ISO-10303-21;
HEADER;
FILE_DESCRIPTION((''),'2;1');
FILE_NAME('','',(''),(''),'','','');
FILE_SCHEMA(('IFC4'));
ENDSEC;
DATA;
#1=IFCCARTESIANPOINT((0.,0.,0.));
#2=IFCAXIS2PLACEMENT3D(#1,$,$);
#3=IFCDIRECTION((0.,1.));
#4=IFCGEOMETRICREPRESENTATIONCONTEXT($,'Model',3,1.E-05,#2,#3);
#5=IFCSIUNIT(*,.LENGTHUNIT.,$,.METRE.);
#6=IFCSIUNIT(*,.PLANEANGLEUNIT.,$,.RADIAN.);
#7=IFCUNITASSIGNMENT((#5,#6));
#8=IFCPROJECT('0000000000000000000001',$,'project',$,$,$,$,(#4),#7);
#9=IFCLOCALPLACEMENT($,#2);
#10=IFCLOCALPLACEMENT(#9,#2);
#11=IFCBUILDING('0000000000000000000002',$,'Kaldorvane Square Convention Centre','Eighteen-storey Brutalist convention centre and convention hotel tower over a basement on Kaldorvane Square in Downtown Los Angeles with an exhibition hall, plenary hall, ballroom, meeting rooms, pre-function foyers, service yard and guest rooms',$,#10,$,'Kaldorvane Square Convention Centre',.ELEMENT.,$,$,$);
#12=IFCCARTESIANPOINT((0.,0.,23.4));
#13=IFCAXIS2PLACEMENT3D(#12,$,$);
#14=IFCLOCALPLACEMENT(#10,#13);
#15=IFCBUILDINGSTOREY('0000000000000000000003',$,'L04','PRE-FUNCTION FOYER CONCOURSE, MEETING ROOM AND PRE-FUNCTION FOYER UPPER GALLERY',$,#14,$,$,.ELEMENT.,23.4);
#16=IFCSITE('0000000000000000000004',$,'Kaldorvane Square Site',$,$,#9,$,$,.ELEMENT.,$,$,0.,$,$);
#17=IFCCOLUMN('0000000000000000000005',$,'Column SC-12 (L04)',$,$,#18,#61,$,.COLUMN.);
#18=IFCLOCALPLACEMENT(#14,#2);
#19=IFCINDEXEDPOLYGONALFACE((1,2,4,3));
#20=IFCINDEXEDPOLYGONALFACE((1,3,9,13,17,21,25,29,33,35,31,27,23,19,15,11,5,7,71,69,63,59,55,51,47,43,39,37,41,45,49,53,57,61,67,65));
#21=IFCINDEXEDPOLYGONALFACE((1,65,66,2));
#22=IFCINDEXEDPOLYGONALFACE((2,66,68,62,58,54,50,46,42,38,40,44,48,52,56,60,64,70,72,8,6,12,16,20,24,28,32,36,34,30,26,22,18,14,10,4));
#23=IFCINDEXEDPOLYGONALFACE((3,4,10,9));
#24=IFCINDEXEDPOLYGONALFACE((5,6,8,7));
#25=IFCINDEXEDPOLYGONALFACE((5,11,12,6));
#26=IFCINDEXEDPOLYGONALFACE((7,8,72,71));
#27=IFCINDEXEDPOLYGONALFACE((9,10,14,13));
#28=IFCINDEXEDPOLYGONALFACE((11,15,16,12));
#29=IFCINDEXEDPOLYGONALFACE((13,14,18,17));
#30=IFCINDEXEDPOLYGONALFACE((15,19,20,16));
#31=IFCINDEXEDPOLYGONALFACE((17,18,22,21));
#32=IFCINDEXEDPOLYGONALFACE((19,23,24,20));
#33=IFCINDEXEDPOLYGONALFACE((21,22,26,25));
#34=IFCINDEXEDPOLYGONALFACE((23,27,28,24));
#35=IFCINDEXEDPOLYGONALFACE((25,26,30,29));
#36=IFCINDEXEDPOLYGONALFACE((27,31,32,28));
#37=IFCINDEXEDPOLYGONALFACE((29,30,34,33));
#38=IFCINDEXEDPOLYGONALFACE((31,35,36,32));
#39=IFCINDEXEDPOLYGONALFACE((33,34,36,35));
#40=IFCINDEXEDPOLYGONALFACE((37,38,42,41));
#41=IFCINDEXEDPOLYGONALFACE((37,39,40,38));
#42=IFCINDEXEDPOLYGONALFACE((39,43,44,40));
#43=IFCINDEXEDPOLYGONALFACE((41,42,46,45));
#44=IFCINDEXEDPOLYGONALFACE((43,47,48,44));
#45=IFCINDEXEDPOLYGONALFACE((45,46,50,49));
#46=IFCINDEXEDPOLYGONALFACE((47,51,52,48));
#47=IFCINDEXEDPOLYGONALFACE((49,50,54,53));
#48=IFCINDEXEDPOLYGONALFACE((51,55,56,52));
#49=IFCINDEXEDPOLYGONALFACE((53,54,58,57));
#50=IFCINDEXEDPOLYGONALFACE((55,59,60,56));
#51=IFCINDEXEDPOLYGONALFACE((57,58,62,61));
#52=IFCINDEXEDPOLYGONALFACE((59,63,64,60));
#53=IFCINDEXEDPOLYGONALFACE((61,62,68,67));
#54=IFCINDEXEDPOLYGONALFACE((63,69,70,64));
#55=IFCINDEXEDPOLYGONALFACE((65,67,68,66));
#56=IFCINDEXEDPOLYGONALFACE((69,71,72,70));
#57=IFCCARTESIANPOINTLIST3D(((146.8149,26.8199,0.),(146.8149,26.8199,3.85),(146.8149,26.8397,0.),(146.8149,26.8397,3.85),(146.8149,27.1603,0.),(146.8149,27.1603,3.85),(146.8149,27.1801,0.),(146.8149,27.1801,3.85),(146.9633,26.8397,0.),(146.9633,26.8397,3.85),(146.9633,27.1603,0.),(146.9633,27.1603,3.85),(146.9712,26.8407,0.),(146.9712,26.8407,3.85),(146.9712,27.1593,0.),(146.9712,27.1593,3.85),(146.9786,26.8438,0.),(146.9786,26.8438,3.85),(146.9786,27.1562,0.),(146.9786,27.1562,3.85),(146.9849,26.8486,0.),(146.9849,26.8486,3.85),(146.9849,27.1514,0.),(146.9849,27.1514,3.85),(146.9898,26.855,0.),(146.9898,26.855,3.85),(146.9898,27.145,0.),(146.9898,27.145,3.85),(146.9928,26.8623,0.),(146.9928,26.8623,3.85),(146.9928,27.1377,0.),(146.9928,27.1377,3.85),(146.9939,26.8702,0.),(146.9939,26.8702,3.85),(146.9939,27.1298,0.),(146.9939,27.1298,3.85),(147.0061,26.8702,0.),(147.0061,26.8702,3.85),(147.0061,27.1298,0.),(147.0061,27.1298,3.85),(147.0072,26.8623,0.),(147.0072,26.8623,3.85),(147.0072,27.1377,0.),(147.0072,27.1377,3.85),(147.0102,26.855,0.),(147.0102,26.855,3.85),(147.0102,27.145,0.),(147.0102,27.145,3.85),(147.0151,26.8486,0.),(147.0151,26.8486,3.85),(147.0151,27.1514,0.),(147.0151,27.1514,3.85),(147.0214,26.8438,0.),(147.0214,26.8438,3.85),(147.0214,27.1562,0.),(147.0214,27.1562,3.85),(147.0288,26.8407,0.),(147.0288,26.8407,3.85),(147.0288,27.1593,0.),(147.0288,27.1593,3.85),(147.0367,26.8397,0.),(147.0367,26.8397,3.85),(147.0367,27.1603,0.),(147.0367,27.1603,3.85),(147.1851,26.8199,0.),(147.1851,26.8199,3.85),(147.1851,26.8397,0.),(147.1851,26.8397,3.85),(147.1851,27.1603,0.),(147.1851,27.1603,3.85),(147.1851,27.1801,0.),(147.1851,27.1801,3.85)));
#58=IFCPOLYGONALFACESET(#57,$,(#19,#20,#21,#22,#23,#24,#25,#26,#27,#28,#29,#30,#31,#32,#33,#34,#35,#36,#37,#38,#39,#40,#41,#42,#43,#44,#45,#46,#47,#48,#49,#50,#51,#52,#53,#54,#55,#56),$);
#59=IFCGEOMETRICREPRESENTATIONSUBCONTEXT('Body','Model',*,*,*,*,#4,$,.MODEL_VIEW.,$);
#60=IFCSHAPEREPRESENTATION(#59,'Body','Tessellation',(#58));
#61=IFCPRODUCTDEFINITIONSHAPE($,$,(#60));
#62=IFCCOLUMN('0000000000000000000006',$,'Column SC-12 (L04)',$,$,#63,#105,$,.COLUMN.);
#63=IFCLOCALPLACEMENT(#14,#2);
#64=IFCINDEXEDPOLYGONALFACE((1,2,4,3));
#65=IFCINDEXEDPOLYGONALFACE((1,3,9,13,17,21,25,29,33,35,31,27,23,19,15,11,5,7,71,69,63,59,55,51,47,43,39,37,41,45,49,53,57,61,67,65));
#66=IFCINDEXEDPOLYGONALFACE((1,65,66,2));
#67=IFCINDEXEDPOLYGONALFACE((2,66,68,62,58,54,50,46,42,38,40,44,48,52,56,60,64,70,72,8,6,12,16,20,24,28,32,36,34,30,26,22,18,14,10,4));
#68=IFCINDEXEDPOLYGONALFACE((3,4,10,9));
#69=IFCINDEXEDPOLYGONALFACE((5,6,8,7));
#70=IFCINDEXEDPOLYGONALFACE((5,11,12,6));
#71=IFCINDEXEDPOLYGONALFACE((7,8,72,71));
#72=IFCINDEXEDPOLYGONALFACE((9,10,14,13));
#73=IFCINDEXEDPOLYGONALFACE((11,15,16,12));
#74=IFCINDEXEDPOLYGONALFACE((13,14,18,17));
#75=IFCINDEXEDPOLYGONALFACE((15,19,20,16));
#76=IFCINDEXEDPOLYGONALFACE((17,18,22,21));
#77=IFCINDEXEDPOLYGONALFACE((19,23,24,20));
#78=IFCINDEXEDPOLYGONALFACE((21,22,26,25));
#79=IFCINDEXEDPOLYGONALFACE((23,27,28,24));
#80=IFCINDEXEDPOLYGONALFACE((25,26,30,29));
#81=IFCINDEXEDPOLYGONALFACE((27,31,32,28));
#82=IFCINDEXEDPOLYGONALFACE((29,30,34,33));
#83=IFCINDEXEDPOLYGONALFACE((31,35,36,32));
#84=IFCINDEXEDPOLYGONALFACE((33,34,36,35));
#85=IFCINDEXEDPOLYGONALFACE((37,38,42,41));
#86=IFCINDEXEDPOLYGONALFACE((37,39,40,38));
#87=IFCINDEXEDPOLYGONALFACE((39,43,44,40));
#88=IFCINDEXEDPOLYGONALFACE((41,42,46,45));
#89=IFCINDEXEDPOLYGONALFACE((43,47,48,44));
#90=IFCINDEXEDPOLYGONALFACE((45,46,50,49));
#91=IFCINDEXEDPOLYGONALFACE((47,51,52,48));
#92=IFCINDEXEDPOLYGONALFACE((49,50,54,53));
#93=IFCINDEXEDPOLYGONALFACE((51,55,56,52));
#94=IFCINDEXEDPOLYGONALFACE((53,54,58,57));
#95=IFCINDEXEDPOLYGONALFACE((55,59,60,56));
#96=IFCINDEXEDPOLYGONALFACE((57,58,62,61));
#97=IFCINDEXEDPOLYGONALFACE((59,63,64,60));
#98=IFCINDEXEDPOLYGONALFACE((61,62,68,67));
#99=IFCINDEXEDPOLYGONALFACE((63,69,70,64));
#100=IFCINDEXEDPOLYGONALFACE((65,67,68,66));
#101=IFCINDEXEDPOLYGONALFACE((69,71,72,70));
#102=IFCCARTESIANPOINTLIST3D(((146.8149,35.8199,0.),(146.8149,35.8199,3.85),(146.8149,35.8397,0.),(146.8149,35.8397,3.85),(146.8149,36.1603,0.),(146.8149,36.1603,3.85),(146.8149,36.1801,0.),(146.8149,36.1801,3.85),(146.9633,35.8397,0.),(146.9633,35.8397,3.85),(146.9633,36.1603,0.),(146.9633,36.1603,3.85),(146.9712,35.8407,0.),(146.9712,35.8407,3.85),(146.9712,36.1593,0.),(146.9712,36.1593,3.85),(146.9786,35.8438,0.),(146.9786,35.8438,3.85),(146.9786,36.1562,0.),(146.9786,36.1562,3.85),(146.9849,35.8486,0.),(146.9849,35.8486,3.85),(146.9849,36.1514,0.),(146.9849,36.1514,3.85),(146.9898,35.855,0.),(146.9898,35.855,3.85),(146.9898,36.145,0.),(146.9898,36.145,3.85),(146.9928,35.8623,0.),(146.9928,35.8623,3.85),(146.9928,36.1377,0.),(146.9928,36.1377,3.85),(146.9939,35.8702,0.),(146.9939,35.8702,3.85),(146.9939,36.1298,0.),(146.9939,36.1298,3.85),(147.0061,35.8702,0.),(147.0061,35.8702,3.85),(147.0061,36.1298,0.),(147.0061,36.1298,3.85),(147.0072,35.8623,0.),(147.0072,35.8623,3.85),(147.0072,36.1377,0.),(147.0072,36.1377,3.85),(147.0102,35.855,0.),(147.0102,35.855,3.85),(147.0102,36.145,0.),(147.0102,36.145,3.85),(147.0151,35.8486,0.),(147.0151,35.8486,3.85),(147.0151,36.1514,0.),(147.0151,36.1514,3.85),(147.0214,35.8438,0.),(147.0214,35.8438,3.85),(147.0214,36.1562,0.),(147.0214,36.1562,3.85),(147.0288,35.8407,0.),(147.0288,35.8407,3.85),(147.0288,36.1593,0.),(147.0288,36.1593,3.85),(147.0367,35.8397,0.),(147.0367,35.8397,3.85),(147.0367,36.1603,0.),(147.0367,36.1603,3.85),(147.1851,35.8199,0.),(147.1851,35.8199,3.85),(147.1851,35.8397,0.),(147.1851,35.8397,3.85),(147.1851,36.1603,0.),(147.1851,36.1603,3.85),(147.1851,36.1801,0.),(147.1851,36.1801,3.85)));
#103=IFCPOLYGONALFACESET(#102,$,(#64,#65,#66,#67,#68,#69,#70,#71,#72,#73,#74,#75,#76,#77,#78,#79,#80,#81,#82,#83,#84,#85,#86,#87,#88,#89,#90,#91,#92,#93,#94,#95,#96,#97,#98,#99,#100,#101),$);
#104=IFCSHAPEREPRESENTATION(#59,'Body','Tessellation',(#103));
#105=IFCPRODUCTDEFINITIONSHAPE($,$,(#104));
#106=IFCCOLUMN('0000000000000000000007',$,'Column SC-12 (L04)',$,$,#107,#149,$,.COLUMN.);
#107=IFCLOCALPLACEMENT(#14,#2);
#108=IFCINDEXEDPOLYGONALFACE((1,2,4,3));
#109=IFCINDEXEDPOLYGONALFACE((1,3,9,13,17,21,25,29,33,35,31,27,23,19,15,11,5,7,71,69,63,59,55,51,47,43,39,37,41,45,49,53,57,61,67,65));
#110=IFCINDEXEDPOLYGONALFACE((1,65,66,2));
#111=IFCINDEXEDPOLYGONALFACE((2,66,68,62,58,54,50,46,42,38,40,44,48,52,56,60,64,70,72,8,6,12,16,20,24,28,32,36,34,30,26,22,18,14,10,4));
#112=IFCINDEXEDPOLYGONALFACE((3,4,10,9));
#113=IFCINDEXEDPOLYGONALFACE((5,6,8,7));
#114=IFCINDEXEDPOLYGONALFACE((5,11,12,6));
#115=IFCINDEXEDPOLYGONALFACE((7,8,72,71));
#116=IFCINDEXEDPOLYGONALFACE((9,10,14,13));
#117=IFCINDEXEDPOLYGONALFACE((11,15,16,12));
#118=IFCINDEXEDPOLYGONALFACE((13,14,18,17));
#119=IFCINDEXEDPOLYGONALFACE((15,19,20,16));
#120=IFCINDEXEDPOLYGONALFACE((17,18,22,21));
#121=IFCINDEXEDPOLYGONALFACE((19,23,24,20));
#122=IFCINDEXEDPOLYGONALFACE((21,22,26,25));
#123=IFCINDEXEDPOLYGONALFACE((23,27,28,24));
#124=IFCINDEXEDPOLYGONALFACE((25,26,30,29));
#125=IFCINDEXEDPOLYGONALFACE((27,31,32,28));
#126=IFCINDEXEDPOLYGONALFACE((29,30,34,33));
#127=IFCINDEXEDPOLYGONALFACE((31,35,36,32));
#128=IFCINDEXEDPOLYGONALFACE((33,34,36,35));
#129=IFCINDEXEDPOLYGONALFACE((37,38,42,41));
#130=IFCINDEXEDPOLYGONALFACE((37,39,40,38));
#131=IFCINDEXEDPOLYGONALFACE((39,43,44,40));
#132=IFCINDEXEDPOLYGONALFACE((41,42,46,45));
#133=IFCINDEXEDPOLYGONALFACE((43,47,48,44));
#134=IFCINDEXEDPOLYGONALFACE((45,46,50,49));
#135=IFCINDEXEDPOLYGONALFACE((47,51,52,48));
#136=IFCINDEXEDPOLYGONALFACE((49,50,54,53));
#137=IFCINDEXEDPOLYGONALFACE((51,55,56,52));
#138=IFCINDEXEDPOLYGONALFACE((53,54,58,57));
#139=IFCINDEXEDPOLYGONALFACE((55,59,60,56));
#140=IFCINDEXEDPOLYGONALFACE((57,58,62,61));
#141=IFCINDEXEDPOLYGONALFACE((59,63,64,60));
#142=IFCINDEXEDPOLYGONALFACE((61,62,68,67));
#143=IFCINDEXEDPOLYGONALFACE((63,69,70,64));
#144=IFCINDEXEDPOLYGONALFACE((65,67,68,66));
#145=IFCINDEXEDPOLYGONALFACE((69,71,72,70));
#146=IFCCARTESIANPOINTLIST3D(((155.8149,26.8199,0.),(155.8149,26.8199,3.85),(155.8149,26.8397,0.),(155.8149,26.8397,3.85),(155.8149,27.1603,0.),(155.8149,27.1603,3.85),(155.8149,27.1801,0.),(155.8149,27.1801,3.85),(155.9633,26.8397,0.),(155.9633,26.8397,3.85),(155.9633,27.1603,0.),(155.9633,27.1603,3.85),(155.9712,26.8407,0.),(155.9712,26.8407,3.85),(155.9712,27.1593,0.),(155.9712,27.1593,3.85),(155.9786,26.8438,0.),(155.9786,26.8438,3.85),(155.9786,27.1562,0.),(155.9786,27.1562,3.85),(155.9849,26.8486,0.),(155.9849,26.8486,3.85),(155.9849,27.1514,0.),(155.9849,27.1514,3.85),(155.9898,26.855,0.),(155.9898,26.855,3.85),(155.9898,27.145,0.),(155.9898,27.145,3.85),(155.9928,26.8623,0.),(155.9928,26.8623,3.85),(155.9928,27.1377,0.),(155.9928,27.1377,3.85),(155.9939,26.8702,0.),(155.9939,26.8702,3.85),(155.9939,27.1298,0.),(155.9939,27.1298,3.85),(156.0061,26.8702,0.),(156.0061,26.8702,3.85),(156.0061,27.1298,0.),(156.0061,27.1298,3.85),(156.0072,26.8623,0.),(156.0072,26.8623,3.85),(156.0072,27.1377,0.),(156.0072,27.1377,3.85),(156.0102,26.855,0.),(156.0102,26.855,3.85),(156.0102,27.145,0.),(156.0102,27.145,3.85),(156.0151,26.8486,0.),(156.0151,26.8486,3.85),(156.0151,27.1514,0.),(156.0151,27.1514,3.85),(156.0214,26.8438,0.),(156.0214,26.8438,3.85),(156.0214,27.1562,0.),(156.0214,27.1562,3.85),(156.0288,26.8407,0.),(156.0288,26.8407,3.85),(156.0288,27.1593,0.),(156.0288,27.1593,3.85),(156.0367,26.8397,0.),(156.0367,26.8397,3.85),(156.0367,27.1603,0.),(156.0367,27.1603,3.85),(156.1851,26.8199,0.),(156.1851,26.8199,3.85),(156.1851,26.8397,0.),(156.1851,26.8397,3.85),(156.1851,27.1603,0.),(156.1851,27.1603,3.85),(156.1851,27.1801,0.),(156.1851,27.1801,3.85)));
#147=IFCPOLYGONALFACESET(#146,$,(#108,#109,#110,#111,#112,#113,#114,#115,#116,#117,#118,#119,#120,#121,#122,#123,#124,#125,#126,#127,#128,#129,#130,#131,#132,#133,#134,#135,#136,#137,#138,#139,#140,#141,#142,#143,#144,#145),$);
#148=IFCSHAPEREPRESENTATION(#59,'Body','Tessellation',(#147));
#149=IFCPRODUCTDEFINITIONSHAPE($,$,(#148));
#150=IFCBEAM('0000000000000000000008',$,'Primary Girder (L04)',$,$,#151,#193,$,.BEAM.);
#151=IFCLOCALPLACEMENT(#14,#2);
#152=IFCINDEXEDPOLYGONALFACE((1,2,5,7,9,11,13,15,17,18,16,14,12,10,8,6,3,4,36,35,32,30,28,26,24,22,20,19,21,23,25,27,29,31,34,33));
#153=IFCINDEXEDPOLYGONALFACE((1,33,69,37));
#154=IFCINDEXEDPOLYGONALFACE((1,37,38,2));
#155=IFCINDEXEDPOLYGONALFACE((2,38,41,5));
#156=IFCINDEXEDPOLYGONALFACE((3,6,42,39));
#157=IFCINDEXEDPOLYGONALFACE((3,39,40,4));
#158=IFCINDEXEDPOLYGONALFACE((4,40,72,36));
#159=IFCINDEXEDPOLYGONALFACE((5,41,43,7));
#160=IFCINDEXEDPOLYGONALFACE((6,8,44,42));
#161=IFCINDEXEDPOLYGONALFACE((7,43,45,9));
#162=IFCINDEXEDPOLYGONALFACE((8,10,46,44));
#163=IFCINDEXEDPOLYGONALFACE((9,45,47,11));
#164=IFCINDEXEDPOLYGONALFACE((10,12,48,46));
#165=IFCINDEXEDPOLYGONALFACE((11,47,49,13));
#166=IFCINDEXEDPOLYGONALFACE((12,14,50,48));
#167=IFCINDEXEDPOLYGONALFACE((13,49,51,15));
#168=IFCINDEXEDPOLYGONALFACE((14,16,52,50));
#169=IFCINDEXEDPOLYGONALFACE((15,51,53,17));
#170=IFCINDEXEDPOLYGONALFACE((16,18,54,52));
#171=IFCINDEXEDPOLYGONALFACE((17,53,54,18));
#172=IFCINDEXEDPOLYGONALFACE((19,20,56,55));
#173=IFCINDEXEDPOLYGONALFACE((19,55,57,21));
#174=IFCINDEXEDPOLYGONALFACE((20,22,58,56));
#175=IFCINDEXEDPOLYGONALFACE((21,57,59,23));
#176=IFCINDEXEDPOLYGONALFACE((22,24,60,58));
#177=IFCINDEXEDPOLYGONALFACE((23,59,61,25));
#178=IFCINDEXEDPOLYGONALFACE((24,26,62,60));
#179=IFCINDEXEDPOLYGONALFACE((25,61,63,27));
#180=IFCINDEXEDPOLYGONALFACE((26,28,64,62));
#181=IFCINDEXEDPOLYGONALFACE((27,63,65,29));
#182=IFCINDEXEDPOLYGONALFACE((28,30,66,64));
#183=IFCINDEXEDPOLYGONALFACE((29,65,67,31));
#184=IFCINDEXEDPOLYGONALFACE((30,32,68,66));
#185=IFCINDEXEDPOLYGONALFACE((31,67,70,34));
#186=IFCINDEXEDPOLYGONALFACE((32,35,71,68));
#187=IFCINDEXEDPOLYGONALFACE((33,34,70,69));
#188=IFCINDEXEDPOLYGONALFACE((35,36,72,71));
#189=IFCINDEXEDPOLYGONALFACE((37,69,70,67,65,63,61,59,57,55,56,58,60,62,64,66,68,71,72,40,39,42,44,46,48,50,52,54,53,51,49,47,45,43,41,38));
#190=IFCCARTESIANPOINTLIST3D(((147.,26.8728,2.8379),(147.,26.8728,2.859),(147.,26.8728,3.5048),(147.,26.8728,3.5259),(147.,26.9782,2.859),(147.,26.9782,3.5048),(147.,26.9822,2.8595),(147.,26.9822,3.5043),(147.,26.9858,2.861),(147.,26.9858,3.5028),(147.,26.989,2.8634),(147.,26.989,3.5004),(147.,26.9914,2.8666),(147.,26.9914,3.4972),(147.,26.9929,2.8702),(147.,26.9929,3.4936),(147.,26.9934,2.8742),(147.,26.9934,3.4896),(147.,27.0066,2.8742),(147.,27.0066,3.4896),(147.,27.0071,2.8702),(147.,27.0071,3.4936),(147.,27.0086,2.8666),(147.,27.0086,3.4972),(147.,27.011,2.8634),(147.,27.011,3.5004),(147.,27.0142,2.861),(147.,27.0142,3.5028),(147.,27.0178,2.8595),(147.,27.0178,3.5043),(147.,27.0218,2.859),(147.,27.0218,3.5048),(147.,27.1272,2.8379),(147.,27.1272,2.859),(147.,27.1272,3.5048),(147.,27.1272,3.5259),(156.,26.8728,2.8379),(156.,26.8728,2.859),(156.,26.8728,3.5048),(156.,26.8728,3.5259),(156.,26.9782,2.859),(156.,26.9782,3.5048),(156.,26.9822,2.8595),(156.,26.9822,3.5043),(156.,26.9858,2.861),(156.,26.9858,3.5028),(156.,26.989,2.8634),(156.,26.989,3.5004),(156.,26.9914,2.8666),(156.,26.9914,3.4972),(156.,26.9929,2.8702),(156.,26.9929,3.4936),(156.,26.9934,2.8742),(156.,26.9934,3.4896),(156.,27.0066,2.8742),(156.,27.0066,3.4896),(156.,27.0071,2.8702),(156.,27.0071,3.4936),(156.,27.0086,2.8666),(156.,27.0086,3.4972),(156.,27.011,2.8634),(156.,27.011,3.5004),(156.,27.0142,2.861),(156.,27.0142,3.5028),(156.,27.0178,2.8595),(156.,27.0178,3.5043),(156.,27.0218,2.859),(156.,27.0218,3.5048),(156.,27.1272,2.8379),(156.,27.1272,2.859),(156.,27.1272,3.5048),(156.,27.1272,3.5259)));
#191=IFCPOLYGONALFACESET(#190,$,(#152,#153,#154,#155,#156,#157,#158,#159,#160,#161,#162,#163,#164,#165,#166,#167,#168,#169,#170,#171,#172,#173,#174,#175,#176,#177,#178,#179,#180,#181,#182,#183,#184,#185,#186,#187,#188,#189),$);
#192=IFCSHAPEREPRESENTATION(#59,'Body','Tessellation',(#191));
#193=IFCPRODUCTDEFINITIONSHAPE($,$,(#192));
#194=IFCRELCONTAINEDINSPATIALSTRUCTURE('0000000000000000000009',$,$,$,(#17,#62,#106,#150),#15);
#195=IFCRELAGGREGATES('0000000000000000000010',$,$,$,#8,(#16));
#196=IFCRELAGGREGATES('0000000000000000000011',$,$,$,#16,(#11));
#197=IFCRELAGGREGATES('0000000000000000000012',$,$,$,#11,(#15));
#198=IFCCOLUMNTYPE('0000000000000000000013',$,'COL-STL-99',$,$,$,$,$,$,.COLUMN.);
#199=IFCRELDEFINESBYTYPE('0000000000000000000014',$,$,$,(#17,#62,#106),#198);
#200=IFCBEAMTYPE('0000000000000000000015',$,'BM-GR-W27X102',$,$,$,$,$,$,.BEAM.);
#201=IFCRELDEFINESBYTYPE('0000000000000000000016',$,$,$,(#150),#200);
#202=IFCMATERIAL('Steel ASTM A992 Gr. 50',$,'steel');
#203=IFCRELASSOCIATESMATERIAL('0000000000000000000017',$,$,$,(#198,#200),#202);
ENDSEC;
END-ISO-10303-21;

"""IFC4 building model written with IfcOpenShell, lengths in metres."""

from ifc_helpers import new_model, si_unit, direction, frame, origin, origin_2d, place, context, subcontext, project, spatial, i_section, extrude, material, material_profile, profile_set, type_object, element, save


model = new_model("IFC4")

# Units and contexts
model_context = context("Model", 3, precision=1e-05, world=origin(), true_north=direction((0.0, 1.0)))
body_context = subcontext(model_context, "Body", "Model", "MODEL_VIEW")
ifc_project = project(units=[si_unit("LENGTHUNIT", "METRE"), si_unit("PLANEANGLEUNIT", "RADIAN")], contexts=[model_context])

# Site, building, storey
site_placement = place(None, origin())
site = spatial("IfcSite", under=ifc_project, at=site_placement, Name="Kaldorvane Square Site", CompositionType="ELEMENT", RefElevation=0.0)
building_placement = place(site_placement, origin())
building = spatial("IfcBuilding", under=site, at=building_placement, Name="Kaldorvane Square Convention Centre", Description="Eighteen-storey Brutalist convention centre and convention hotel tower over a basement on Kaldorvane Square in Downtown Los Angeles with an exhibition hall, plenary hall, ballroom, meeting rooms, pre-function foyers, service yard and guest rooms", LongName="Kaldorvane Square Convention Centre", CompositionType="ELEMENT")
storey_placement = place(building_placement, frame((0.0, 0.0, 23.4)))
storey = spatial("IfcBuildingStorey", under=building, at=storey_placement, Name="L04", Description="PRE-FUNCTION FOYER CONCOURSE, MEETING ROOM AND PRE-FUNCTION FOYER UPPER GALLERY", CompositionType="ELEMENT", Elevation=23.4)

# Columns
ifc_material_1 = material(Name="Steel ASTM A992 Gr. 50", Category="steel")
ifc_material_profile_1 = material_profile(ifc_material_1, i_section(OverallWidth=0.3701, OverallDepth=0.3602, WebThickness=0.0123, FlangeThickness=0.0198, FilletRadius=0.0305, at=origin_2d()), Name="W14X99")
ifc_profile_set_1 = profile_set([ifc_material_profile_1], Name="Steel ASTM A992 Gr. 50")
column_type = type_object("IfcColumnType", Name="COL-STL-99", PredefinedType="COLUMN", material=ifc_profile_set_1)
for number, where, z_axis, x_axis, name in (
    (1, (147.0, 27.0, 0.0), (0.0, 0.0, 1.0), (1.0, 0.0, 0.0), "Column SC-12 (L04)"),
    (2, (147.0, 36.0, 0.0), (0.0, 0.0, 1.0), (1.0, 0.0, 0.0), "Column SC-12 (L04)"),
    (3, (156.0, 27.0, 0.0), (0.0, 0.0, 1.0), (1.0, 0.0, 0.0), "Column SC-12 (L04)"),
):
    element("IfcColumn", number, at=place(storey_placement, frame(where, z_axis=z_axis, x_axis=x_axis)), inside=storey, type_object=column_type, Name=name, PredefinedType="COLUMN", context=body_context, shape_type="SweptSolid", body=[
        extrude(i_section(OverallWidth=0.3701, OverallDepth=0.3602, WebThickness=0.0123, FlangeThickness=0.0198, FilletRadius=0.0305, at=origin_2d()), origin(), (0.0, 0.0, 1.0), 3.85),
    ])

# Beam
ifc_material_profile_2 = material_profile(ifc_material_1, i_section(OverallWidth=0.2544, OverallDepth=0.6881, WebThickness=0.0131, FlangeThickness=0.0211, FilletRadius=0.0152, at=origin_2d()), Name="W27X102")
ifc_profile_set_2 = profile_set([ifc_material_profile_2], Name="Steel ASTM A992 Gr. 50")
beam_type_1 = type_object("IfcBeamType", Name="BM-GR-W27X102", PredefinedType="BEAM", material=ifc_profile_set_2)
for number, where, z_axis, x_axis, name in (
    (4, (147.0, 27.0, 3.1819), (1.0, 0.0, 0.0), (0.0, 1.0, 0.0), "Primary Girder (L04)"),
):
    element("IfcBeam", number, at=place(storey_placement, frame(where, z_axis=z_axis, x_axis=x_axis)), inside=storey, type_object=beam_type_1, Name=name, PredefinedType="BEAM", context=body_context, shape_type="SweptSolid", body=[
        extrude(i_section(OverallWidth=0.2544, OverallDepth=0.6881, WebThickness=0.0131, FlangeThickness=0.0211, FilletRadius=0.0152, at=origin_2d()), origin(), (0.0, 0.0, 1.0), 9.0),
    ])

save(model, "model.ifc")
